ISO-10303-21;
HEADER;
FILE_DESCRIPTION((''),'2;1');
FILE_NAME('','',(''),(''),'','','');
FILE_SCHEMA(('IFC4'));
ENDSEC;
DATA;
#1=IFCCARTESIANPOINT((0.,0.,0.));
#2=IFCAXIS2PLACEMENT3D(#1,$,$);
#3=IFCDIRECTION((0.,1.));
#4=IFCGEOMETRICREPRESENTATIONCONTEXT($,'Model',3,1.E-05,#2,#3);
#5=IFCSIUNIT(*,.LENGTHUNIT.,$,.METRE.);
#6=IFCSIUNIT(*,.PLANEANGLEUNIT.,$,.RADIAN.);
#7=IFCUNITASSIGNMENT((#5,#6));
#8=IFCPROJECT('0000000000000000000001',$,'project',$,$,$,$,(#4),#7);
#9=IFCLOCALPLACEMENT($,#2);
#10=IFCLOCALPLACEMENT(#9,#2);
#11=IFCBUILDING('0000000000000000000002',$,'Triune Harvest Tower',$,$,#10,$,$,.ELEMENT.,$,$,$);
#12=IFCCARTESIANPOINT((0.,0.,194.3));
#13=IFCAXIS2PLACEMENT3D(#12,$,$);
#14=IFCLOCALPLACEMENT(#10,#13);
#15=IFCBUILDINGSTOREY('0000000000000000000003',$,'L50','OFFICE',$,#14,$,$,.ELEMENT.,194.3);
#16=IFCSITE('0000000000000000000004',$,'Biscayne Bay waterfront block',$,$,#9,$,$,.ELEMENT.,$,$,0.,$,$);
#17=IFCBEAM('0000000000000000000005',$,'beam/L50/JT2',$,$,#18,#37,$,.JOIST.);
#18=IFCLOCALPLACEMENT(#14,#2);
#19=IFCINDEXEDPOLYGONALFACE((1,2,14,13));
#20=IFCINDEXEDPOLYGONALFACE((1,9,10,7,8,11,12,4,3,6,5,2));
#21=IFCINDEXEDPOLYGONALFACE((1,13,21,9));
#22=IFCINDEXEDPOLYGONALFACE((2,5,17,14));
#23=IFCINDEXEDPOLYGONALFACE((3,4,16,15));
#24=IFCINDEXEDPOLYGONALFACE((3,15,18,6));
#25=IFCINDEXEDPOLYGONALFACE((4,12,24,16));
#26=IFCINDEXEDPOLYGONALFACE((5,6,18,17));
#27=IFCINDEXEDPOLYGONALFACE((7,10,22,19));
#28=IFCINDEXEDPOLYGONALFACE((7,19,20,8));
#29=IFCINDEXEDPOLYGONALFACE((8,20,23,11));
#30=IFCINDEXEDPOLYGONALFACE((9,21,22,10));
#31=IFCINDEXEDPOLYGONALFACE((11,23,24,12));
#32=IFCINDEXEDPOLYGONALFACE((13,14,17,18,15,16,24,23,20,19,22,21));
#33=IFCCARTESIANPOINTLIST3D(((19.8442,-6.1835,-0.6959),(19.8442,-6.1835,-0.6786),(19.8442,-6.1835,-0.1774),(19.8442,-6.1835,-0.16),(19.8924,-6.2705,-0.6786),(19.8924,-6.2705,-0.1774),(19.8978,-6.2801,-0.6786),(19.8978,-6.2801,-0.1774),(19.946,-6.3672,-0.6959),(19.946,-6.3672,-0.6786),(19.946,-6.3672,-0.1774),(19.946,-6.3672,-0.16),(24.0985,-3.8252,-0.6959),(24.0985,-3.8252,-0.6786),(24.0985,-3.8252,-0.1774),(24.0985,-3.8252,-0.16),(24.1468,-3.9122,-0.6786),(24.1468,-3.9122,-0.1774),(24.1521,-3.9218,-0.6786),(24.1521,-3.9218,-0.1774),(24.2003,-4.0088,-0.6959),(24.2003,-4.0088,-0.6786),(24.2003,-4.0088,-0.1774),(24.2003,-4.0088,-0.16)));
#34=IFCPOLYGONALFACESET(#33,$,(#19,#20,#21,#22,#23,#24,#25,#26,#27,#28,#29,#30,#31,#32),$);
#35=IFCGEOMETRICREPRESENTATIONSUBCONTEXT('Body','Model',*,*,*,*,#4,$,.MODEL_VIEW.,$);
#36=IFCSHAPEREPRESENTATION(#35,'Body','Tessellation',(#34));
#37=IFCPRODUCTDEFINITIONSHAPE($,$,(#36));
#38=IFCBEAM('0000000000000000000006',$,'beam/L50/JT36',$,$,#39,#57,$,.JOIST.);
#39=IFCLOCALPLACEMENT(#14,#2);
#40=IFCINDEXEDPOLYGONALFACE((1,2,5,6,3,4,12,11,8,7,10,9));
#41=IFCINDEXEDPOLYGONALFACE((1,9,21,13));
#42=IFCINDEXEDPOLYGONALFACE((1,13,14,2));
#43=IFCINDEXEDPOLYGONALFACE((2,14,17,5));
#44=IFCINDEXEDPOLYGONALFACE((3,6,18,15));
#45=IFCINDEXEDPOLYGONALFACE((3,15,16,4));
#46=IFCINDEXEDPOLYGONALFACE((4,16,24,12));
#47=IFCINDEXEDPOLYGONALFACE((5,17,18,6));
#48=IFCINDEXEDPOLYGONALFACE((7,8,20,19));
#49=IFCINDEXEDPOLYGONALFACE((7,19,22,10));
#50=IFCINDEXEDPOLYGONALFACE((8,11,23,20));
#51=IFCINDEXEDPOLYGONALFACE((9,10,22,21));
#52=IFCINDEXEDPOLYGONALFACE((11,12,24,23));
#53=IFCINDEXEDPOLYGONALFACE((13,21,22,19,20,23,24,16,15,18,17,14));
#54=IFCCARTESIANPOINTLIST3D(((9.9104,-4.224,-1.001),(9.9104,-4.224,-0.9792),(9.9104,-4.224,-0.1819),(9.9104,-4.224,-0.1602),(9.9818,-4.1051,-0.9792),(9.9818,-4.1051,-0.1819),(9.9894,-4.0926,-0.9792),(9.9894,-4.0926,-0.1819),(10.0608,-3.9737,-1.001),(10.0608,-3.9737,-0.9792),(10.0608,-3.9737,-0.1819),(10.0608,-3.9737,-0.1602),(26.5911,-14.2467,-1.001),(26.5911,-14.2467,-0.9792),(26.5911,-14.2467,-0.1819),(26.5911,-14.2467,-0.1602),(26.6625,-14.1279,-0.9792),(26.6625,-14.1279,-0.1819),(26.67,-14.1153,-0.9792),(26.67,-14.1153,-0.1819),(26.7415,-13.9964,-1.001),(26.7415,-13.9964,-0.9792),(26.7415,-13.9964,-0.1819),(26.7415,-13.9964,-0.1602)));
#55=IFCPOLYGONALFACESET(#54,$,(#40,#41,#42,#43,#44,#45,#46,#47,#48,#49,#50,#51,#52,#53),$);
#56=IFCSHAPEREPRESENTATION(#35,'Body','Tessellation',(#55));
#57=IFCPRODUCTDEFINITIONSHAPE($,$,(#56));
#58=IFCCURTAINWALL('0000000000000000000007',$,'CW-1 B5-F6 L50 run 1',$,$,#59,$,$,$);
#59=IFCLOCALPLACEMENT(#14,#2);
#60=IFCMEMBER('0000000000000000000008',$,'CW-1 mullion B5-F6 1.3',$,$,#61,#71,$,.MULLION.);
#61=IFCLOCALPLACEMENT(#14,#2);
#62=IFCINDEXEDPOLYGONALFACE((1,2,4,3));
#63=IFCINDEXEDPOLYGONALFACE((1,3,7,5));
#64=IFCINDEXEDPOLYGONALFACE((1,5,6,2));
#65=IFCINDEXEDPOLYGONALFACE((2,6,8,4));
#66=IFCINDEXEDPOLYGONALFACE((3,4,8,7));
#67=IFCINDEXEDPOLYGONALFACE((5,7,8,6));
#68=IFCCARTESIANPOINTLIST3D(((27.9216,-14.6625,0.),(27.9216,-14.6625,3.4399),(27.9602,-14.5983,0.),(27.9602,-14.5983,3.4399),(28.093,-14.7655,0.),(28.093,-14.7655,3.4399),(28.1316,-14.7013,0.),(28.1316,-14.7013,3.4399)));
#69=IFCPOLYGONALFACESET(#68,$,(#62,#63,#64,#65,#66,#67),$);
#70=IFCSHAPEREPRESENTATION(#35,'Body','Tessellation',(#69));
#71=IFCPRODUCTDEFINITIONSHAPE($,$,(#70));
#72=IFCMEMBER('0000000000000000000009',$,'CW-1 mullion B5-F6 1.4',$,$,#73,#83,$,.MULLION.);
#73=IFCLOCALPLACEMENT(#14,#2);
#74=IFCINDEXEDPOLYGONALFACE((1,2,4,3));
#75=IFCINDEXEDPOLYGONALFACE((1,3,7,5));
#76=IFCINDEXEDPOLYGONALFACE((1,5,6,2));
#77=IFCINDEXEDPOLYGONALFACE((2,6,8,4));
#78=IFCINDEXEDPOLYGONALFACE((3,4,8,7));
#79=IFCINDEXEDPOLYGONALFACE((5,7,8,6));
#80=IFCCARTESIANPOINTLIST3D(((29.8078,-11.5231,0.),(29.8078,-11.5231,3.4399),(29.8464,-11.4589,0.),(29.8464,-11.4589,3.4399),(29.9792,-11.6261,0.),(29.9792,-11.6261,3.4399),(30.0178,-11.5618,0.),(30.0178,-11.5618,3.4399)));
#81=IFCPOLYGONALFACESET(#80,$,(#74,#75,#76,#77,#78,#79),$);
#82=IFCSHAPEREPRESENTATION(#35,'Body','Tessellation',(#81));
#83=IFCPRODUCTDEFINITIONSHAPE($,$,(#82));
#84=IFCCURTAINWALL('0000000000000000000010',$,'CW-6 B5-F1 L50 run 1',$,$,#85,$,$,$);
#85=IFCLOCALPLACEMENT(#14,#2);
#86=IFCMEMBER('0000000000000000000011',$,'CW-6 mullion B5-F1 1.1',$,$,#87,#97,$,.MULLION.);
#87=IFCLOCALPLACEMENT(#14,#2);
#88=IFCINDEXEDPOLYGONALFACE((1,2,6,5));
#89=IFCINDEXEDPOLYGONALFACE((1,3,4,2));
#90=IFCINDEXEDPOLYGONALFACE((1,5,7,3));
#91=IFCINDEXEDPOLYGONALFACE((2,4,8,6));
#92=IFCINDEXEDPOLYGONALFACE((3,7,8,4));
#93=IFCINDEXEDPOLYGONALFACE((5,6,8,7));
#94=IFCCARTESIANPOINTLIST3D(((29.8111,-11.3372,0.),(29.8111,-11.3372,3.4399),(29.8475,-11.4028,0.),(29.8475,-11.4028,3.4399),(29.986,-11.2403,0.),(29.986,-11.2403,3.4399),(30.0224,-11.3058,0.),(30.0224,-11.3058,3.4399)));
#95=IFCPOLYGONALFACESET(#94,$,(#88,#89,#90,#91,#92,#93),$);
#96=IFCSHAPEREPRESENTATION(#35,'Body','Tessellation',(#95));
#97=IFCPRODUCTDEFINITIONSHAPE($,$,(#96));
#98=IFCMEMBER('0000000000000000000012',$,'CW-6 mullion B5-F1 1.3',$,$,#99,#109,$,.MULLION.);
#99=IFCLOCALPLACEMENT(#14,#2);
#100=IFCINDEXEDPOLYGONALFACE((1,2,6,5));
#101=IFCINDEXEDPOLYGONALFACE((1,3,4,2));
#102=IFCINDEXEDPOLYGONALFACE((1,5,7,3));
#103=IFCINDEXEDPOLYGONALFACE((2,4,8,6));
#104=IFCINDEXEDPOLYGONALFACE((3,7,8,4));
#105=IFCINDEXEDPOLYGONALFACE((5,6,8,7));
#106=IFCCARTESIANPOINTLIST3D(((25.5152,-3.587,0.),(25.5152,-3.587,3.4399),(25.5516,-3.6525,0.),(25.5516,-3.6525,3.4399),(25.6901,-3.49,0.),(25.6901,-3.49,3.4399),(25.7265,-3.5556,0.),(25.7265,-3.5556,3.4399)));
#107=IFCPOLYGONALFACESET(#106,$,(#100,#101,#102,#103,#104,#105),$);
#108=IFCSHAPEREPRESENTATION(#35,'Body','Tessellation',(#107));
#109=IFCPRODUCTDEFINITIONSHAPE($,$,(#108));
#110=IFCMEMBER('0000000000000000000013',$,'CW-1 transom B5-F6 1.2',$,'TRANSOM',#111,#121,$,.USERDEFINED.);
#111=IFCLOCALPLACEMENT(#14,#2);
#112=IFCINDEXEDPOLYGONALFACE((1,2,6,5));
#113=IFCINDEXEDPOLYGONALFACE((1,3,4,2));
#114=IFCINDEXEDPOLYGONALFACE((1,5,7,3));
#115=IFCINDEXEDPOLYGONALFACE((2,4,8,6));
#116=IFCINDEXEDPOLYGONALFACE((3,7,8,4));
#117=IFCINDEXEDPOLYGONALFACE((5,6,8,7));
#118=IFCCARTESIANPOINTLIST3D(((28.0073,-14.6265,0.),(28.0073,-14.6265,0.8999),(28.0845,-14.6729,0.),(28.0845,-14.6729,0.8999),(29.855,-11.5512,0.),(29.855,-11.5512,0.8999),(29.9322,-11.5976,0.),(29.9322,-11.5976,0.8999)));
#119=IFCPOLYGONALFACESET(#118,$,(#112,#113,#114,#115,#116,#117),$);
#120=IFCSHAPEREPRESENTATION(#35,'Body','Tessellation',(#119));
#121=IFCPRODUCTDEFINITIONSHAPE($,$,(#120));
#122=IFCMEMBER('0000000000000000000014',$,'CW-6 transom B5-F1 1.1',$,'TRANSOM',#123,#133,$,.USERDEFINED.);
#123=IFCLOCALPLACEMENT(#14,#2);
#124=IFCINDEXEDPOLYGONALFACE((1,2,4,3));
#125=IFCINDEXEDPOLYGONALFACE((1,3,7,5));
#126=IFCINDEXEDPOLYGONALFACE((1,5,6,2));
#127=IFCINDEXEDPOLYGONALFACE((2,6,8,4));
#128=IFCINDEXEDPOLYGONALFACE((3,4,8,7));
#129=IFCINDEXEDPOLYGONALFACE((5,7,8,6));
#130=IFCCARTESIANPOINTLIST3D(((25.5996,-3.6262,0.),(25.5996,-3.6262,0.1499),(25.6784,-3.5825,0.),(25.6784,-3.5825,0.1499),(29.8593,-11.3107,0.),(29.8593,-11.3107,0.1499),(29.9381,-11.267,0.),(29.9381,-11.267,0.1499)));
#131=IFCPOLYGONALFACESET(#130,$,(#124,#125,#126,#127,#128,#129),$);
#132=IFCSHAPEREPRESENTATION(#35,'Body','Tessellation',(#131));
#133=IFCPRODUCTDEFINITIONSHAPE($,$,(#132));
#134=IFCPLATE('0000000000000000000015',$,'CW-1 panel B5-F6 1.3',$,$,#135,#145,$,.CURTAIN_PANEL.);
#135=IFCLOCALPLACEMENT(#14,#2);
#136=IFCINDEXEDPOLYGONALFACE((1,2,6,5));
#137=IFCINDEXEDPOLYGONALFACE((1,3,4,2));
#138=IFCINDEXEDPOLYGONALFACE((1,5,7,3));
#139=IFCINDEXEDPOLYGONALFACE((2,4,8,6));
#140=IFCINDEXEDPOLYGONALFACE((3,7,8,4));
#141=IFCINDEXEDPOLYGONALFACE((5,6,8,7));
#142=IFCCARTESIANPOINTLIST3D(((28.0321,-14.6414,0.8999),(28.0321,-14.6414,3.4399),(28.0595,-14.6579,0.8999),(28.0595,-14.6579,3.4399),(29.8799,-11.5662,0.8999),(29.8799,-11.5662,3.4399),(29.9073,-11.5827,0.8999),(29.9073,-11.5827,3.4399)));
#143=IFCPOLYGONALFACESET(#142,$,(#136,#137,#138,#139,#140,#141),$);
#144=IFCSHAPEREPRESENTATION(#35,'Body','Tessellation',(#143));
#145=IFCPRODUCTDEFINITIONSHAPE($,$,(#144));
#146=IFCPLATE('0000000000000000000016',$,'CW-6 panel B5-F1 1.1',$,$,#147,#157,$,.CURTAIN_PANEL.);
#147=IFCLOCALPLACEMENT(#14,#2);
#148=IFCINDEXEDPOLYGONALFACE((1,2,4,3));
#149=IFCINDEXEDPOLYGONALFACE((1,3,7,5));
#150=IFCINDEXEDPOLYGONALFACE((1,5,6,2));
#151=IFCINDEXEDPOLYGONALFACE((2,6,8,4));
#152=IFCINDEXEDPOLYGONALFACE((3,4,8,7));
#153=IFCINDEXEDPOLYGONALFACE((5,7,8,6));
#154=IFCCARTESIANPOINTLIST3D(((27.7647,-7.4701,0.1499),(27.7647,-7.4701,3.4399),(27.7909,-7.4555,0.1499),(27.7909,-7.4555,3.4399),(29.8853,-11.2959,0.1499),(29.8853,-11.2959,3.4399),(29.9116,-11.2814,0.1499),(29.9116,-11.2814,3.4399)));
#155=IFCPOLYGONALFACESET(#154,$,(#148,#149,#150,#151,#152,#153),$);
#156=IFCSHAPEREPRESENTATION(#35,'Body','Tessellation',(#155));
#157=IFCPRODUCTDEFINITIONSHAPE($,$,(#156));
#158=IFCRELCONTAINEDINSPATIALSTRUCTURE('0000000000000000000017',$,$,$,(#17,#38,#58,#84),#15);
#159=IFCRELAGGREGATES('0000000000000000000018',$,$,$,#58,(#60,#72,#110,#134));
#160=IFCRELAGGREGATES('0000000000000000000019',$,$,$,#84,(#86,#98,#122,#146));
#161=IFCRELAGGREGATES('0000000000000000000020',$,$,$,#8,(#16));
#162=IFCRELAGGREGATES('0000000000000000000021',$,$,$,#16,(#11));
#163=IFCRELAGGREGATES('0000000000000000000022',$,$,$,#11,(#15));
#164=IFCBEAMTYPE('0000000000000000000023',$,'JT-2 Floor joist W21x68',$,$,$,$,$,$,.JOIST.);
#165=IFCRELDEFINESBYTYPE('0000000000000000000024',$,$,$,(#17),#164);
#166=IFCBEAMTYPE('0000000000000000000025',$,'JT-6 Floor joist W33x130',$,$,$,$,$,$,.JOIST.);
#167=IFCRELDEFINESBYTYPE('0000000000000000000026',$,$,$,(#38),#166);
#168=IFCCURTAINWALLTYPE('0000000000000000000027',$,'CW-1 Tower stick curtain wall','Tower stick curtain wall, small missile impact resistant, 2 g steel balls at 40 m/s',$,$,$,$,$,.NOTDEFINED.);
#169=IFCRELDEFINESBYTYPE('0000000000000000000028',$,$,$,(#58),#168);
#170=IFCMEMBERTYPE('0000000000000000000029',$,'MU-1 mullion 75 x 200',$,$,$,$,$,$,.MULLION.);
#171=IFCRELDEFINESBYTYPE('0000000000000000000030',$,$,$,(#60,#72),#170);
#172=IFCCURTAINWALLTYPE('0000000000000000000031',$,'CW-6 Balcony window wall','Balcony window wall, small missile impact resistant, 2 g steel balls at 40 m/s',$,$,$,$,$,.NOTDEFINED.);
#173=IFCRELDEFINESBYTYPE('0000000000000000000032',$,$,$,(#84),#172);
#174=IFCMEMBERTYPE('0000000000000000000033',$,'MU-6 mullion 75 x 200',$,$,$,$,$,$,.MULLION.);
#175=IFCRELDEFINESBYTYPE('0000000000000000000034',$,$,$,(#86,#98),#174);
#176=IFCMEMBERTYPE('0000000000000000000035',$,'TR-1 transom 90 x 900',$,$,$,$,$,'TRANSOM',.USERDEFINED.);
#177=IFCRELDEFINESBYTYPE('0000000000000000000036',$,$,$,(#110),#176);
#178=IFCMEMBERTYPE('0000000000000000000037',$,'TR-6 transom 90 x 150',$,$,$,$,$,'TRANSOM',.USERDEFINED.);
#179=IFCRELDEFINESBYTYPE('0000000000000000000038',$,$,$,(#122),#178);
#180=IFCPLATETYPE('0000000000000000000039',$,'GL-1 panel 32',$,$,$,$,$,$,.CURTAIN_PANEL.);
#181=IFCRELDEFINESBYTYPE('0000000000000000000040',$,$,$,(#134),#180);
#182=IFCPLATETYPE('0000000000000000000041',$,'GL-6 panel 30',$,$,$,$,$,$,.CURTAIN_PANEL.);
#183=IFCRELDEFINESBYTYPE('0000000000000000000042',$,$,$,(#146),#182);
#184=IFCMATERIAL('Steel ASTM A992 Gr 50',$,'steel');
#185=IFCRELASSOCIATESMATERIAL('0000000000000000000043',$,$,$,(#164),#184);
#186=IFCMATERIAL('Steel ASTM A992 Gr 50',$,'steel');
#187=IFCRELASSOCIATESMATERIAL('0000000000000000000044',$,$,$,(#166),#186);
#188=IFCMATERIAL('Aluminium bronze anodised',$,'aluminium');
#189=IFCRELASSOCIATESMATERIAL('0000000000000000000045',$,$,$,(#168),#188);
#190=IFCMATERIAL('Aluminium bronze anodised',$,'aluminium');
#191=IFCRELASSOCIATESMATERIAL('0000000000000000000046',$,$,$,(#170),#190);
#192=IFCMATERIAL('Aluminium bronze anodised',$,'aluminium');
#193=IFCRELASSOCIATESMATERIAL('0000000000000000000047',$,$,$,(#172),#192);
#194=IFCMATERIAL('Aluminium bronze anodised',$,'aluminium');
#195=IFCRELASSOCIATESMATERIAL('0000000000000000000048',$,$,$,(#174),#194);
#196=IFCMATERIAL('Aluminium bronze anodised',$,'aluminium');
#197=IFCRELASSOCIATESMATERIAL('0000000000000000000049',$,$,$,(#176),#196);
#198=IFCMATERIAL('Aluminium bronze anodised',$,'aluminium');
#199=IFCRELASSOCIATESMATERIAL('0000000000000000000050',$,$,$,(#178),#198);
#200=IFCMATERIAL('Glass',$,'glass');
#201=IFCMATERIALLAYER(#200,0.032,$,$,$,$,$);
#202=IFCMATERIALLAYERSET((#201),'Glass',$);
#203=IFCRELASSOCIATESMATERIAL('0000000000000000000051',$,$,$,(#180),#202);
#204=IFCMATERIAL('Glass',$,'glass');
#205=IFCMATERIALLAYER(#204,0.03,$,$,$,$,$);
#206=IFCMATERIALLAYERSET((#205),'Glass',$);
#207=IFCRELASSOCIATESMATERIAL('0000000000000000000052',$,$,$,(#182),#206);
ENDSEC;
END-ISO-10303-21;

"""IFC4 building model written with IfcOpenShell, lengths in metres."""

from ifc_helpers import new_model, si_unit, direction, frame, origin, origin_2d, place, context, subcontext, project, spatial, rectangle, i_section, extrude, source, transform, mapped, material, layer, layer_set, material_profile, profile_set, type_object, element, aggregate, save


model = new_model("IFC4")

# Units and contexts
model_context = context("Model", 3, precision=1e-05, world=origin(), true_north=direction((0.0, 1.0)))
body_context = subcontext(model_context, "Body", "Model", "MODEL_VIEW")
ifc_project = project(units=[si_unit("LENGTHUNIT", "METRE"), si_unit("PLANEANGLEUNIT", "RADIAN")], contexts=[model_context])

# Site, building, storey
site_placement = place(None, origin())
site = spatial("IfcSite", under=ifc_project, at=site_placement, Name="Biscayne Bay waterfront block", CompositionType="ELEMENT", RefElevation=0.0)
building_placement = place(site_placement, origin())
building = spatial("IfcBuilding", under=site, at=building_placement, Name="Triune Harvest Tower", CompositionType="ELEMENT")
storey_placement = place(building_placement, frame((0.0, 0.0, 194.3)))
storey = spatial("IfcBuildingStorey", under=building, at=storey_placement, Name="L50", Description="OFFICE", CompositionType="ELEMENT", Elevation=194.3)

# Beams
ifc_material_1 = material(Name="Steel ASTM A992 Gr 50", Category="steel")
ifc_material_profile_1 = material_profile(ifc_material_1, i_section(OverallWidth=0.21, OverallDepth=0.5359, WebThickness=0.011, FlangeThickness=0.0173, at=origin_2d()), Name="W21x68")
ifc_profile_set_1 = profile_set([ifc_material_profile_1], Name="Steel ASTM A992 Gr 50")
beam_type_1 = type_object("IfcBeamType", Name="JT-2 Floor joist W21x68", PredefinedType="JOIST", material=ifc_profile_set_1)
shared_shape_1 = source(origin(), body_context, "Body", "SweptSolid", [
    extrude(i_section(OverallWidth=0.21, OverallDepth=0.5359, WebThickness=0.011, FlangeThickness=0.0173, at=origin_2d()), origin(), (0.0, 0.0, 1.0), 4.8643),
])
beam_1_placement = place(storey_placement, frame((24.1494, -3.917, -0.428), z_axis=(-0.874607, -0.484833, 0.0), x_axis=(0.484833, -0.874607, 0.0)))
element("IfcBeam", 1, at=beam_1_placement, inside=storey, type_object=beam_type_1, Name="beam/L50/JT2", PredefinedType="JOIST", context=body_context, shape_type="MappedRepresentation", body=[
    mapped(shared_shape_1, transform((0.0, 0.0, 0.0), scale=1.0)),
])
ifc_material_2 = material(Name="Steel ASTM A992 Gr 50", Category="steel")
ifc_material_profile_2 = material_profile(ifc_material_2, i_section(OverallWidth=0.292, OverallDepth=0.8408, WebThickness=0.0146, FlangeThickness=0.0217, at=origin_2d()), Name="W33x130")
ifc_profile_set_2 = profile_set([ifc_material_profile_2], Name="Steel ASTM A992 Gr 50")
beam_type_2 = type_object("IfcBeamType", Name="JT-6 Floor joist W33x130", PredefinedType="JOIST", material=ifc_profile_set_2)
shared_shape_2 = source(origin(), body_context, "Body", "SweptSolid", [
    extrude(i_section(OverallWidth=0.292, OverallDepth=0.8408, WebThickness=0.0146, FlangeThickness=0.0217, at=origin_2d()), origin(), (0.0, 0.0, 1.0), 19.4602),
])
beam_2_placement = place(storey_placement, frame((26.6663, -14.1216, -0.5806), z_axis=(-0.857168, 0.515036, 0.0), x_axis=(-0.515036, -0.857168, 0.0)))
element("IfcBeam", 2, at=beam_2_placement, inside=storey, type_object=beam_type_2, Name="beam/L50/JT36", PredefinedType="JOIST", context=body_context, shape_type="MappedRepresentation", body=[
    mapped(shared_shape_2, transform((0.0, 0.0, 0.0), scale=1.0)),
])

# Curtain walls, members
ifc_material_3 = material(Name="Aluminium bronze anodised", Category="aluminium")
curtain_wall_type_1 = type_object("IfcCurtainWallType", Name="CW-1 Tower stick curtain wall", Description="Tower stick curtain wall, small missile impact resistant, 2 g steel balls at 40 m/s", PredefinedType="NOTDEFINED", material=ifc_material_3)
curtain_wall_1_placement = place(storey_placement, origin())
curtain_wall_1 = element("IfcCurtainWall", 3, at=curtain_wall_1_placement, inside=storey, type_object=curtain_wall_type_1, Name="CW-1 B5-F6 L50 run 1")
ifc_material_4 = material(Name="Aluminium bronze anodised", Category="aluminium")
ifc_material_profile_3 = material_profile(ifc_material_4, rectangle(XDim=0.2, YDim=0.075, at=origin_2d()), Name="MU-1 mullion 75 x 200")
ifc_profile_set_3 = profile_set([ifc_material_profile_3], Name="Aluminium bronze anodised")
member_type_1 = type_object("IfcMemberType", Name="MU-1 mullion 75 x 200", PredefinedType="MULLION", material=ifc_profile_set_3)
shared_shape_3 = source(origin(), body_context, "Body", "SweptSolid", [
    extrude(rectangle(XDim=0.2, YDim=0.075, at=origin_2d()), origin(), (0.0, 0.0, 1.0), 3.4399),
])
member_1_placement = place(storey_placement, frame((28.0266, -14.6819, 0.0), z_axis=(0.0, 0.0, 1.0), x_axis=(-0.857168, 0.515037, 0.0)))
member_1 = element("IfcMember", 4, at=member_1_placement, type_object=member_type_1, Name="CW-1 mullion B5-F6 1.3", PredefinedType="MULLION", context=body_context, shape_type="MappedRepresentation", body=[
    mapped(shared_shape_3, transform((0.0, 0.0, 0.0), scale=1.0)),
])
member_2_placement = place(storey_placement, frame((29.9128, -11.5425, 0.0), z_axis=(0.0, 0.0, 1.0), x_axis=(-0.857168, 0.515037, 0.0)))
member_2 = element("IfcMember", 5, at=member_2_placement, type_object=member_type_1, Name="CW-1 mullion B5-F6 1.4", PredefinedType="MULLION", context=body_context, shape_type="MappedRepresentation", body=[
    mapped(shared_shape_3, transform((0.0, 0.0, 0.0), scale=1.0)),
])
ifc_material_5 = material(Name="Aluminium bronze anodised", Category="aluminium")
curtain_wall_type_2 = type_object("IfcCurtainWallType", Name="CW-6 Balcony window wall", Description="Balcony window wall, small missile impact resistant, 2 g steel balls at 40 m/s", PredefinedType="NOTDEFINED", material=ifc_material_5)
curtain_wall_2_placement = place(storey_placement, origin())
curtain_wall_2 = element("IfcCurtainWall", 6, at=curtain_wall_2_placement, inside=storey, type_object=curtain_wall_type_2, Name="CW-6 B5-F1 L50 run 1")
ifc_material_6 = material(Name="Aluminium bronze anodised", Category="aluminium")
ifc_material_profile_4 = material_profile(ifc_material_6, rectangle(XDim=0.2, YDim=0.075, at=origin_2d()), Name="MU-6 mullion 75 x 200")
ifc_profile_set_4 = profile_set([ifc_material_profile_4], Name="Aluminium bronze anodised")
member_type_2 = type_object("IfcMemberType", Name="MU-6 mullion 75 x 200", PredefinedType="MULLION", material=ifc_profile_set_4)
shared_shape_4 = source(origin(), body_context, "Body", "SweptSolid", [
    extrude(rectangle(XDim=0.2, YDim=0.075, at=origin_2d()), origin(), (0.0, 0.0, 1.0), 3.4399),
])
member_3_placement = place(storey_placement, frame((29.9167, -11.3215, 0.0), z_axis=(0.0, 0.0, 1.0), x_axis=(-0.874622, -0.484806, 0.0)))
member_3 = element("IfcMember", 7, at=member_3_placement, type_object=member_type_2, Name="CW-6 mullion B5-F1 1.1", PredefinedType="MULLION", context=body_context, shape_type="MappedRepresentation", body=[
    mapped(shared_shape_4, transform((0.0, 0.0, 0.0), scale=1.0)),
])
member_4_placement = place(storey_placement, frame((25.6208, -3.5713, 0.0), z_axis=(0.0, 0.0, 1.0), x_axis=(-0.874622, -0.484806, 0.0)))
member_4 = element("IfcMember", 8, at=member_4_placement, type_object=member_type_2, Name="CW-6 mullion B5-F1 1.3", PredefinedType="MULLION", context=body_context, shape_type="MappedRepresentation", body=[
    mapped(shared_shape_4, transform((0.0, 0.0, 0.0), scale=1.0)),
])

# Members
ifc_material_7 = material(Name="Aluminium bronze anodised", Category="aluminium")
ifc_material_profile_5 = material_profile(ifc_material_7, rectangle(XDim=0.0901, YDim=0.8999, at=origin_2d()), Name="TR-1 transom 90 x 900")
ifc_profile_set_5 = profile_set([ifc_material_profile_5], Name="Aluminium bronze anodised")
member_type_3 = type_object("IfcMemberType", Name="TR-1 transom 90 x 900", ElementType="TRANSOM", PredefinedType="USERDEFINED", material=ifc_profile_set_5)
shared_shape_5 = source(origin(), body_context, "Body", "SweptSolid", [
    extrude(rectangle(XDim=0.0901, YDim=0.8999, at=origin_2d()), origin(), (0.0, 0.0, 1.0), 3.5876),
])
member_5_placement = place(storey_placement, frame((28.0459, -14.6497, 0.45), z_axis=(0.515016, 0.857181, 0.0), x_axis=(-0.857181, 0.515016, 0.0)))
member_5 = element("IfcMember", 9, at=member_5_placement, type_object=member_type_3, Name="CW-1 transom B5-F6 1.2", ObjectType="TRANSOM", PredefinedType="USERDEFINED", context=body_context, shape_type="MappedRepresentation", body=[
    mapped(shared_shape_5, transform((0.0, 0.0, 0.0), scale=1.0)),
])
ifc_material_8 = material(Name="Aluminium bronze anodised", Category="aluminium")
ifc_material_profile_6 = material_profile(ifc_material_8, rectangle(XDim=0.0901, YDim=0.1499, at=origin_2d()), Name="TR-6 transom 90 x 150")
ifc_profile_set_6 = profile_set([ifc_material_profile_6], Name="Aluminium bronze anodised")
member_type_4 = type_object("IfcMemberType", Name="TR-6 transom 90 x 150", ElementType="TRANSOM", PredefinedType="USERDEFINED", material=ifc_profile_set_6)
shared_shape_6 = source(origin(), body_context, "Body", "SweptSolid", [
    extrude(rectangle(XDim=0.0901, YDim=0.1499, at=origin_2d()), origin(), (0.0, 0.0, 1.0), 8.7861),
])
member_6_placement = place(storey_placement, frame((29.8987, -11.2888, 0.075), z_axis=(-0.484822, 0.874613, 0.0), x_axis=(-0.874613, -0.484822, 0.0)))
member_6 = element("IfcMember", 10, at=member_6_placement, type_object=member_type_4, Name="CW-6 transom B5-F1 1.1", ObjectType="TRANSOM", PredefinedType="USERDEFINED", context=body_context, shape_type="MappedRepresentation", body=[
    mapped(shared_shape_6, transform((0.0, 0.0, 0.0), scale=1.0)),
])

# Plates
ifc_material_9 = material(Name="Glass", Category="glass")
ifc_layer_1 = layer(ifc_material_9, 0.032)
ifc_layer_set_1 = layer_set([ifc_layer_1], Name="Glass")
plate_type_1 = type_object("IfcPlateType", Name="GL-1 panel 32", PredefinedType="CURTAIN_PANEL", material=ifc_layer_set_1)
shared_shape_7 = source(origin(), body_context, "Body", "SweptSolid", [
    extrude(rectangle(XDim=3.5876, YDim=0.032, at=origin_2d()), origin(), (0.0, 0.0, 1.0), 2.54),
])
plate_1_placement = place(storey_placement, frame((28.9697, -13.1121, 0.8999), z_axis=(0.0, 0.0, 1.0), x_axis=(0.515037, 0.857168, 0.0)))
plate_1 = element("IfcPlate", 11, at=plate_1_placement, type_object=plate_type_1, Name="CW-1 panel B5-F6 1.3", PredefinedType="CURTAIN_PANEL", context=body_context, shape_type="MappedRepresentation", body=[
    mapped(shared_shape_7, transform((0.0, 0.0, 0.0), scale=1.0)),
])
aggregate(curtain_wall_1, [member_1, member_2, member_5, plate_1])
ifc_material_10 = material(Name="Glass", Category="glass")
ifc_layer_2 = layer(ifc_material_10, 0.03)
ifc_layer_set_2 = layer_set([ifc_layer_2], Name="Glass")
plate_type_2 = type_object("IfcPlateType", Name="GL-6 panel 30", PredefinedType="CURTAIN_PANEL", material=ifc_layer_set_2)
shared_shape_8 = source(origin(), body_context, "Body", "SweptSolid", [
    extrude(rectangle(XDim=4.3743, YDim=0.03, at=origin_2d()), origin(), (0.0, 0.0, 1.0), 3.29),
])
plate_2_placement = place(storey_placement, frame((28.8381, -9.3757, 0.1499), z_axis=(0.0, 0.0, 1.0), x_axis=(-0.484806, 0.874622, 0.0)))
plate_2 = element("IfcPlate", 12, at=plate_2_placement, type_object=plate_type_2, Name="CW-6 panel B5-F1 1.1", PredefinedType="CURTAIN_PANEL", context=body_context, shape_type="MappedRepresentation", body=[
    mapped(shared_shape_8, transform((0.0, 0.0, 0.0), scale=1.0)),
])
aggregate(curtain_wall_2, [member_3, member_4, member_6, plate_2])

save(model, "model.ifc")
